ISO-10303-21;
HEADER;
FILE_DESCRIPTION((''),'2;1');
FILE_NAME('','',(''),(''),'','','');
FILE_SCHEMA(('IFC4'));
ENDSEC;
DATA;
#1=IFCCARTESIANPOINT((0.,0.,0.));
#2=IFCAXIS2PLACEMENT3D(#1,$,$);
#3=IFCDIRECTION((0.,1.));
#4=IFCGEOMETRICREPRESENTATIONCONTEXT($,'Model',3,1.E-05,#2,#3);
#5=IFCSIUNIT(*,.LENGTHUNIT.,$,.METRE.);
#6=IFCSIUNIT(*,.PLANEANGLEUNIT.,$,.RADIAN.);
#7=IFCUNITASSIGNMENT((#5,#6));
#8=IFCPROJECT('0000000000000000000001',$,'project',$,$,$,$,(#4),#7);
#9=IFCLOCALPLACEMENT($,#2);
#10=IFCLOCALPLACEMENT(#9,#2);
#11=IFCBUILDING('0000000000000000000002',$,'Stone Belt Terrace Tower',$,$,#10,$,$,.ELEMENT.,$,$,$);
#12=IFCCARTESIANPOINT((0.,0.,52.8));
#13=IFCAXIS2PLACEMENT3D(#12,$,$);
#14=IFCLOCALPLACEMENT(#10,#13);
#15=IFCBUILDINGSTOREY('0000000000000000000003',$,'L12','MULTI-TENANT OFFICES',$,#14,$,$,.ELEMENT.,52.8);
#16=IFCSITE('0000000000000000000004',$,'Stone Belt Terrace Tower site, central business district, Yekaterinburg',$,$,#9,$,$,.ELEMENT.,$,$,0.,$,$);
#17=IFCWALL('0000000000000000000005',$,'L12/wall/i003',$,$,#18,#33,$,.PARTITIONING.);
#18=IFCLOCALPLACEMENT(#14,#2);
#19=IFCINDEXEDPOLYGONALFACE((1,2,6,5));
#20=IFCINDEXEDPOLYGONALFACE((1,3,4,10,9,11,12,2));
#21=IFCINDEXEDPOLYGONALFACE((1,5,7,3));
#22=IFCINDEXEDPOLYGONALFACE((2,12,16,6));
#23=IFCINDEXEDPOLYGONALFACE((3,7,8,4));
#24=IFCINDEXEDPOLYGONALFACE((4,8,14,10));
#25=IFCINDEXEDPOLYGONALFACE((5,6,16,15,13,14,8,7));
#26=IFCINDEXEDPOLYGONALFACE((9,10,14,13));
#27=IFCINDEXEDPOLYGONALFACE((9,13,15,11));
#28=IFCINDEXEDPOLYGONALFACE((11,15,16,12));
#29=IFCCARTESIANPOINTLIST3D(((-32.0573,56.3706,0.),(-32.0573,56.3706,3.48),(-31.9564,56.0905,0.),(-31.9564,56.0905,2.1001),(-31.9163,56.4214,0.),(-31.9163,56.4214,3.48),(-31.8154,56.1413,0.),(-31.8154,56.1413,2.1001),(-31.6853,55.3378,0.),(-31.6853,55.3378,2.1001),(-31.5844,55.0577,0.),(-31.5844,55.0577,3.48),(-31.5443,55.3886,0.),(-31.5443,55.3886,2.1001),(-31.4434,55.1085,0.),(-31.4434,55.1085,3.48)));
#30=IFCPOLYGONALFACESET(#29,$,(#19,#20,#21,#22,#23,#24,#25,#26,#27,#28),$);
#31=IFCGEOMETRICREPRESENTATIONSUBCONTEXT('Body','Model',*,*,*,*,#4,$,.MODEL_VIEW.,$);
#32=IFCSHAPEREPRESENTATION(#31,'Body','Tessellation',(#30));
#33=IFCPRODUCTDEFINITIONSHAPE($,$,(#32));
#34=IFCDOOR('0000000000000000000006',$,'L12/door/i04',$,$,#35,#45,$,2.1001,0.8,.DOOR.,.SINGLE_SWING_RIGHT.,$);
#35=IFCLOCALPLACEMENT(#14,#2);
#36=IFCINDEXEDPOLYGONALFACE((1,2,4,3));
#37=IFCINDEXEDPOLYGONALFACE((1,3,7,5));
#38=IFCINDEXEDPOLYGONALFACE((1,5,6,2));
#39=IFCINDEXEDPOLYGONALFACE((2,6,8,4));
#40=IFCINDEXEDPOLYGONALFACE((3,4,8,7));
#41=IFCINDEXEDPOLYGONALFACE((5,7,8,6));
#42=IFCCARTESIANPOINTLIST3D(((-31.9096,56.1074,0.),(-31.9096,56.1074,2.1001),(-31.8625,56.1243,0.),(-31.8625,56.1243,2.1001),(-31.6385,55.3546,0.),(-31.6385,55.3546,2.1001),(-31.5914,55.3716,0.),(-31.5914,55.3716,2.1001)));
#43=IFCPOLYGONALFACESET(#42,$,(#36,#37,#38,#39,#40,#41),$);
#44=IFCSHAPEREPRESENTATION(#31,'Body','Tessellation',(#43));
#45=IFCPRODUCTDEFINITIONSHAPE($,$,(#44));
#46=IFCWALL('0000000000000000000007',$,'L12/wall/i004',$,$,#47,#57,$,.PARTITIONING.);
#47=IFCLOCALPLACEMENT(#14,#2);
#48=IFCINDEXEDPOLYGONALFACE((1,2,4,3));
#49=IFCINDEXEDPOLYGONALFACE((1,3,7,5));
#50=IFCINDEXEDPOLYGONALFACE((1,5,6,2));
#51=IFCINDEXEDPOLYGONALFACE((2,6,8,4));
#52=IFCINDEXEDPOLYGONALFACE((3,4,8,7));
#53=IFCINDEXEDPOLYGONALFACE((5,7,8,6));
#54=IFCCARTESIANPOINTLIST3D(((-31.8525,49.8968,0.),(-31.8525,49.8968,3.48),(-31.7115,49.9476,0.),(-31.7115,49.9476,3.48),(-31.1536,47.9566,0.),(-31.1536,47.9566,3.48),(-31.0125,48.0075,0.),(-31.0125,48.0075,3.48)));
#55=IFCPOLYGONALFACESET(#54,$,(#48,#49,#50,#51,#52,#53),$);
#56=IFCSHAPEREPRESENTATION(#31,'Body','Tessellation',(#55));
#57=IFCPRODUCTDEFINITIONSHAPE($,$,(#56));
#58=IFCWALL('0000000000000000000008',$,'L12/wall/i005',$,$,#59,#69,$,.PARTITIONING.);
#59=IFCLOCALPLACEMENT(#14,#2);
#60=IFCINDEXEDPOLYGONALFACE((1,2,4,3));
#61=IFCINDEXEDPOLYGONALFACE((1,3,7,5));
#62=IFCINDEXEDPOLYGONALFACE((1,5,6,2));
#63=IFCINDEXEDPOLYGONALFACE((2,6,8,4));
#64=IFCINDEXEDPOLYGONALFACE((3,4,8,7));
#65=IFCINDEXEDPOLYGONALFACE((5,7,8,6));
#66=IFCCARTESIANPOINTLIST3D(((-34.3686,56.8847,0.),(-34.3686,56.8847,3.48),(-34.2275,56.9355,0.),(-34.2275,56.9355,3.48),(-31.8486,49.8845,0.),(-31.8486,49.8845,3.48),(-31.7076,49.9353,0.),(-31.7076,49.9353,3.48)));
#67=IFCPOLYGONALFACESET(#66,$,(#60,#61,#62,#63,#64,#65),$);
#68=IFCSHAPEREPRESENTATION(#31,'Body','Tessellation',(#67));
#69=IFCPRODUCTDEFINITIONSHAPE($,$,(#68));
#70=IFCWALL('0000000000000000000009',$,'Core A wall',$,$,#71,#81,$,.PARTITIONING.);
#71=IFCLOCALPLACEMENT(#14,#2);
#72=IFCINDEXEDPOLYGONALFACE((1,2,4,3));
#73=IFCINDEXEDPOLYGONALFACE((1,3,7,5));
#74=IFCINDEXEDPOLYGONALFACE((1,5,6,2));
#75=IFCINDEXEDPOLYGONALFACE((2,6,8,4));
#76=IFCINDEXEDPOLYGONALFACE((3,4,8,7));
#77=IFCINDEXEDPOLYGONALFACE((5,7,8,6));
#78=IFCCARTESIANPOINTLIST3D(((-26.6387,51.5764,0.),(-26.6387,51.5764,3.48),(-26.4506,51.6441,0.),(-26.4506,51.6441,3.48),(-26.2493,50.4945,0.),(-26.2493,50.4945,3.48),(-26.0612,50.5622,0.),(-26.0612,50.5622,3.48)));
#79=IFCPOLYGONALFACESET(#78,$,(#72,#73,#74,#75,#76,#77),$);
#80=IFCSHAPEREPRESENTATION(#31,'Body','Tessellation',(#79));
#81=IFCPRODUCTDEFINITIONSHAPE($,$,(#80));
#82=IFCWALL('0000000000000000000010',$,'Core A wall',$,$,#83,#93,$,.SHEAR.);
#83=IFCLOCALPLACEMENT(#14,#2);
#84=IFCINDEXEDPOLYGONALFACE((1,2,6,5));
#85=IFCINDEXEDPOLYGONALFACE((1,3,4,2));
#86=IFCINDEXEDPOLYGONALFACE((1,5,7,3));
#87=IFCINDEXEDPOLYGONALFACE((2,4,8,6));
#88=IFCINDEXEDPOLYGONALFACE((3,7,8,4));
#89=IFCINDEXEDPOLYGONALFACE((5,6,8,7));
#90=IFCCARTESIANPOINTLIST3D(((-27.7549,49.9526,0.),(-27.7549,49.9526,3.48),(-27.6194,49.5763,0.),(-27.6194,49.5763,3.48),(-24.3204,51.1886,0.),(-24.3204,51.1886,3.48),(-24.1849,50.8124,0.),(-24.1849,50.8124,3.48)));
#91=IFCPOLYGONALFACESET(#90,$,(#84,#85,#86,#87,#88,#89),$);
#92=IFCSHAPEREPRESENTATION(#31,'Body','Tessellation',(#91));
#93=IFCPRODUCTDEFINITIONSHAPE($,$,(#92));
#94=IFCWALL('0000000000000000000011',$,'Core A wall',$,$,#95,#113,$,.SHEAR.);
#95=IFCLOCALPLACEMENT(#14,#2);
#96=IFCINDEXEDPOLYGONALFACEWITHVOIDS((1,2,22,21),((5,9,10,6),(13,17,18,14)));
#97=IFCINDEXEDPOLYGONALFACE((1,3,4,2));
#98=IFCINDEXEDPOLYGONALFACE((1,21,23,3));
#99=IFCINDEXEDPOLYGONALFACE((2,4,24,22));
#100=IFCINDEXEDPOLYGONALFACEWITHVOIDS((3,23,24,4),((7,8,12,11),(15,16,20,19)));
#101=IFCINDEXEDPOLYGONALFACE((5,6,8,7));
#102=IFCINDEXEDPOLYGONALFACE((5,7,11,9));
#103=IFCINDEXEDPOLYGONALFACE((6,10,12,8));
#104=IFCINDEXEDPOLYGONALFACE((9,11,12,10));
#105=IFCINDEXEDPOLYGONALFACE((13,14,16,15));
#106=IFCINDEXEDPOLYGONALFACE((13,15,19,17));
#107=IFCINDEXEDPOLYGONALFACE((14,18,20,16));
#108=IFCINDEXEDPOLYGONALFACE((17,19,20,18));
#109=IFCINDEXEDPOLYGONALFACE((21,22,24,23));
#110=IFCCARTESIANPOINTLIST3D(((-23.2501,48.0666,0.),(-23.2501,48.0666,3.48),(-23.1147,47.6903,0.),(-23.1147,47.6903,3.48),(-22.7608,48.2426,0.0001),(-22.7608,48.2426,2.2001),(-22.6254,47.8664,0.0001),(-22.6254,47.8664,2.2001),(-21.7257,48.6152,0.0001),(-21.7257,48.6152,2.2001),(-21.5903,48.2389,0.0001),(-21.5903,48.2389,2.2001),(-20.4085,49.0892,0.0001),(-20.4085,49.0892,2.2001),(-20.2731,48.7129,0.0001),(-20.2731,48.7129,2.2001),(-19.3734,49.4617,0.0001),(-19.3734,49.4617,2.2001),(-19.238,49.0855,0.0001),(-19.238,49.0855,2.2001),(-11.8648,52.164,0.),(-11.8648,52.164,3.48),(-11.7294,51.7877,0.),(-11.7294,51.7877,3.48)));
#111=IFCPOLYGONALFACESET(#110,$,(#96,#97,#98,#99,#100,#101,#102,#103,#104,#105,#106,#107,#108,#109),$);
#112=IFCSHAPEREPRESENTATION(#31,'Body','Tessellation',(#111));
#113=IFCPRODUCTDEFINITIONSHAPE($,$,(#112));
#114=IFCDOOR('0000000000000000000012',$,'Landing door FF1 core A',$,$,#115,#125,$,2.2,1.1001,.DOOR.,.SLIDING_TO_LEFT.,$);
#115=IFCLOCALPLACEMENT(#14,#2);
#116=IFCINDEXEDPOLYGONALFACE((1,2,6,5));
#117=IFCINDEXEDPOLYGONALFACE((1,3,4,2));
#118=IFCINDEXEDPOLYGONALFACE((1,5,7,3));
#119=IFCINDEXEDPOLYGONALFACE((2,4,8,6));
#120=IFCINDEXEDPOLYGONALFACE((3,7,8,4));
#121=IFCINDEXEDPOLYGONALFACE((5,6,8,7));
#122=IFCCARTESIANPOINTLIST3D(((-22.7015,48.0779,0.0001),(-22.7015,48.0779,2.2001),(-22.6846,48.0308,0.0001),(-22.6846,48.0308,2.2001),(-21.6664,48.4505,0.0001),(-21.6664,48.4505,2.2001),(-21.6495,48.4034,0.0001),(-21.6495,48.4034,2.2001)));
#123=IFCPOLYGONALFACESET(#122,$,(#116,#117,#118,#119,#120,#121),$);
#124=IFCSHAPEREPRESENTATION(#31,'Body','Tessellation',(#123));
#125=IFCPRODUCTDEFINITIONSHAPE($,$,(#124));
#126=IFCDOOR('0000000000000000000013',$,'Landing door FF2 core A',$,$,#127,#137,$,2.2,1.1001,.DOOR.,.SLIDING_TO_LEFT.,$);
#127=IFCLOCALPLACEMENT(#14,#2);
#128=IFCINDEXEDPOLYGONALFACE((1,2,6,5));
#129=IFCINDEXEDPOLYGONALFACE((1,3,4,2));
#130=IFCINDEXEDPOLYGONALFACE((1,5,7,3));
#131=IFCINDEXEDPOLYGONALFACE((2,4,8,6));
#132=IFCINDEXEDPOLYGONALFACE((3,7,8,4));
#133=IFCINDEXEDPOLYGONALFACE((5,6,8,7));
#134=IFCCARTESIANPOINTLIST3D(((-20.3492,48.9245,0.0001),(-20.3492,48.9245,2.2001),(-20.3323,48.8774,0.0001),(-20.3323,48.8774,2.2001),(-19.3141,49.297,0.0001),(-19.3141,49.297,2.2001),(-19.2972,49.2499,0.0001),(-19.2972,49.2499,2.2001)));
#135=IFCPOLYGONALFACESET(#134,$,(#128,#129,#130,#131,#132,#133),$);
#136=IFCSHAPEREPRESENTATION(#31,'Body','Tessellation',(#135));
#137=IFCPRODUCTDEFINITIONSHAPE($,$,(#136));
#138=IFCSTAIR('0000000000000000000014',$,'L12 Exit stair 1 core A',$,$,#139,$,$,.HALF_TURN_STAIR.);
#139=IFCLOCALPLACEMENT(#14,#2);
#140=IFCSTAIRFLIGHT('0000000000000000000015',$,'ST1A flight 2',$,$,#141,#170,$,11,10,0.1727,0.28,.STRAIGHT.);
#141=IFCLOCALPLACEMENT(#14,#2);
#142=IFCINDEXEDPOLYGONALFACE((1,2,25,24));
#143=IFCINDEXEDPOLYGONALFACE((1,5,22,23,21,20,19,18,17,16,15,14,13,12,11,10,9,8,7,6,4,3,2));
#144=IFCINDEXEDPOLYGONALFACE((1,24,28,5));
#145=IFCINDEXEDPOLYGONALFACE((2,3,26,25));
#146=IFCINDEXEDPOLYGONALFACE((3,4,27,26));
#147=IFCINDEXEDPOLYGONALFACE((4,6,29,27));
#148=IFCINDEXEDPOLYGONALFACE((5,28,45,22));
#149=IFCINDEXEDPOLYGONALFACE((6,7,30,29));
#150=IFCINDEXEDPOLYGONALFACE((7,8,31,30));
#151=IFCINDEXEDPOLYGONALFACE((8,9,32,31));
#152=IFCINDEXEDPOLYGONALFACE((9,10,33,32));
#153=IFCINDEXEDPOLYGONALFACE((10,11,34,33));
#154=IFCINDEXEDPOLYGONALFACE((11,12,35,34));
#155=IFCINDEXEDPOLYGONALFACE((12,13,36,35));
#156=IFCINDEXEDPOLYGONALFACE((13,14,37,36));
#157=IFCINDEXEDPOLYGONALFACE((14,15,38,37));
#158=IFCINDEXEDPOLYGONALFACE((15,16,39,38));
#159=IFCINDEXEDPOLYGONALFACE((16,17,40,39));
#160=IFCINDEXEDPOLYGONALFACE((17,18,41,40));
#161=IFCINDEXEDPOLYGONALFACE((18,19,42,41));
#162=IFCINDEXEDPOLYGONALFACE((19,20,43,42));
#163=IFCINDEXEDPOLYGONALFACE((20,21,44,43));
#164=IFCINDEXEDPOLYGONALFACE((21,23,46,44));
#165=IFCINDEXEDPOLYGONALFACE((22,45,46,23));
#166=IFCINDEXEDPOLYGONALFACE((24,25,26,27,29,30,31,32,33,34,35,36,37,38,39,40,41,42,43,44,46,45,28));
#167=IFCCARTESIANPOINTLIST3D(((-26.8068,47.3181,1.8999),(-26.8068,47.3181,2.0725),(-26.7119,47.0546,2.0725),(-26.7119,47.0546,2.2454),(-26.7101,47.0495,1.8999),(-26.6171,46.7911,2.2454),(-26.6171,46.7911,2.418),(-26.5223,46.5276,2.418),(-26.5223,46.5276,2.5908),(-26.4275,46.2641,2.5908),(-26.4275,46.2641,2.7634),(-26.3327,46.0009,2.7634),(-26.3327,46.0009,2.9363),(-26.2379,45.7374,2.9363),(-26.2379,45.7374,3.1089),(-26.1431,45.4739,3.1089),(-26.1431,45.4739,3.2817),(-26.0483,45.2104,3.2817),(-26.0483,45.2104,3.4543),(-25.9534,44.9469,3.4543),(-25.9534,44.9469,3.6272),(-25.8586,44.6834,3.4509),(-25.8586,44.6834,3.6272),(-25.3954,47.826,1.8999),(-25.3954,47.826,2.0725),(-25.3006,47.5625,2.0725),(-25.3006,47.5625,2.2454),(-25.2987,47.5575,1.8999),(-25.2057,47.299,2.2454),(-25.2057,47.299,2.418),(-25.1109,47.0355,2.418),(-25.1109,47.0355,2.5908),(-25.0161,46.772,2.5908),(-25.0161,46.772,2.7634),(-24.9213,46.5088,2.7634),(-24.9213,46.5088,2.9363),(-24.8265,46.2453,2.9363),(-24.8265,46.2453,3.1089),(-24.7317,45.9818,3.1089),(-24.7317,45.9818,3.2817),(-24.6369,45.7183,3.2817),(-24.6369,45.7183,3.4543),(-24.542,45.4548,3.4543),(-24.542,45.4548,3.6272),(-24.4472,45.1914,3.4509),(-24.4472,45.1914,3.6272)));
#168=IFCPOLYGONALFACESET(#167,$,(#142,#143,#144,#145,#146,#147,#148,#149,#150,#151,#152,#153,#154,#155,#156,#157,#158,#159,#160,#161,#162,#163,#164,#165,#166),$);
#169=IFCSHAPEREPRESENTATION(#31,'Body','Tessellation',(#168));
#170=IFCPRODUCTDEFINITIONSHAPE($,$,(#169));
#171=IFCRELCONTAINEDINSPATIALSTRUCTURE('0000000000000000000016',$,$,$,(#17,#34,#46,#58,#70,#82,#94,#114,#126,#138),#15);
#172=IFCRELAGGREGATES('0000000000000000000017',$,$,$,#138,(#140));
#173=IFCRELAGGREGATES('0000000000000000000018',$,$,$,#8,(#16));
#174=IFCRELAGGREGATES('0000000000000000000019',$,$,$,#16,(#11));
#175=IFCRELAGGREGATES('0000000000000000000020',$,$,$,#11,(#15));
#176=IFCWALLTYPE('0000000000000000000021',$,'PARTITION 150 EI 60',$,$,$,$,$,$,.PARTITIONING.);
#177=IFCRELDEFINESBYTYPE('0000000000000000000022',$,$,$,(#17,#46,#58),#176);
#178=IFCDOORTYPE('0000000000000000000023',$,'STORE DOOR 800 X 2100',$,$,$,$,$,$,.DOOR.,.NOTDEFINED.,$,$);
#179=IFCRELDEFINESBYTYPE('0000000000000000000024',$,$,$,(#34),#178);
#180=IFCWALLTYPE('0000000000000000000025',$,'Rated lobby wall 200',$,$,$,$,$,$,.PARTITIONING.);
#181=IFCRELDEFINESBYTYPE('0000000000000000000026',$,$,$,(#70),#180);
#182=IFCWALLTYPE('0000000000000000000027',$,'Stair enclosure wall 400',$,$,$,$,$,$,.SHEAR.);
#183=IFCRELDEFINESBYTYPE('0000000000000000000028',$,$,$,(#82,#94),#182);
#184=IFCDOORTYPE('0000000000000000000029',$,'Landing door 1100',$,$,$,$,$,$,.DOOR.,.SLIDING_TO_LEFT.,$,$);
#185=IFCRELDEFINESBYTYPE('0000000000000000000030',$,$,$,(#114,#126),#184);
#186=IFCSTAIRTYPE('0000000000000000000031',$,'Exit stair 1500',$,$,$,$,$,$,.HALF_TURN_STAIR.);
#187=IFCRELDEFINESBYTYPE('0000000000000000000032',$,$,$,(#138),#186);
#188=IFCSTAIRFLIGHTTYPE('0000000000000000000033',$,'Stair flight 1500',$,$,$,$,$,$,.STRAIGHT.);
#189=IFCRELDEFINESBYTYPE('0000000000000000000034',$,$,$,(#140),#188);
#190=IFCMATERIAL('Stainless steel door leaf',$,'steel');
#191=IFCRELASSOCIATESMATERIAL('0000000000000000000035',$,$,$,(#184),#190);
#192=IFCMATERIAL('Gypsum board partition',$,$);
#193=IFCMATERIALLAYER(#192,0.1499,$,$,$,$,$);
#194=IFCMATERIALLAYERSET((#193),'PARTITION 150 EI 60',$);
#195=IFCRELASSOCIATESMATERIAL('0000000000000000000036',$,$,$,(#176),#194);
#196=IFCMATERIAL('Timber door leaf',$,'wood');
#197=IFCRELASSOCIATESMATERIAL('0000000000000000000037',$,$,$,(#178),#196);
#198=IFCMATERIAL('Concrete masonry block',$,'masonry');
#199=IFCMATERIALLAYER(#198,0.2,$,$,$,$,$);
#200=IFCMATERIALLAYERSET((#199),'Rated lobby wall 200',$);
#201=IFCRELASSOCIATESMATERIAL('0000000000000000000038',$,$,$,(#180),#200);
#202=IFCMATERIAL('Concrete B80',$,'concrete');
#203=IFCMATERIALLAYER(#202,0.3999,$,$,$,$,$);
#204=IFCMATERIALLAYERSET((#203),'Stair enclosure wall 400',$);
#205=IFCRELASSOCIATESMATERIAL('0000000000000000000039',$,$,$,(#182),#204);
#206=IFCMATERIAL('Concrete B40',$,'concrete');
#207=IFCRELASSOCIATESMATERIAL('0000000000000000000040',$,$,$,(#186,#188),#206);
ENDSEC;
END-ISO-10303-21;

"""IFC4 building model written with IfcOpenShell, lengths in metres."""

from ifc_helpers import new_model, si_unit, direction, frame, frame_2d, origin, place, context, subcontext, project, spatial, polyline, rectangle, outline, extrude, material, layer, layer_set, type_object, element, fill, aggregate, save


model = new_model("IFC4")

# Units and contexts
model_context = context("Model", 3, precision=1e-05, world=origin(), true_north=direction((0.0, 1.0)))
body_context = subcontext(model_context, "Body", "Model", "MODEL_VIEW")
ifc_project = project(units=[si_unit("LENGTHUNIT", "METRE"), si_unit("PLANEANGLEUNIT", "RADIAN")], contexts=[model_context])

# Site, building, storey
site_placement = place(None, origin())
site = spatial("IfcSite", under=ifc_project, at=site_placement, Name="Stone Belt Terrace Tower site, central business district, Yekaterinburg", CompositionType="ELEMENT", RefElevation=0.0)
building_placement = place(site_placement, origin())
building = spatial("IfcBuilding", under=site, at=building_placement, Name="Stone Belt Terrace Tower", CompositionType="ELEMENT")
storey_placement = place(building_placement, frame((0.0, 0.0, 52.8)))
storey = spatial("IfcBuildingStorey", under=building, at=storey_placement, Name="L12", Description="MULTI-TENANT OFFICES", CompositionType="ELEMENT", Elevation=52.8)

# Shared definitions
ifc_material_1 = material(Name="Timber door leaf", Category="wood")

# Shared definitions
ifc_material_2 = material(Name="Concrete B80", Category="concrete")

# Shared definitions
ifc_material_3 = material(Name="Stainless steel door leaf", Category="steel")

# Shared definitions
door_type_1 = type_object("IfcDoorType", Name="Landing door 1100", OperationType="SLIDING_TO_LEFT", PredefinedType="DOOR", material=ifc_material_3)

# Wall, opening, door
ifc_material_4 = material(Name="Gypsum board partition")
ifc_layer_1 = layer(ifc_material_4, 0.1499)
ifc_layer_set_1 = layer_set([ifc_layer_1], Name="PARTITION 150 EI 60")
wall_type_1 = type_object("IfcWallType", Name="PARTITION 150 EI 60", PredefinedType="PARTITIONING", material=ifc_layer_set_1)
wall_1_placement = place(storey_placement, frame((-31.9868, 56.396, 0.0), z_axis=(0.0, 0.0, 1.0), x_axis=(0.338862, -0.940836, 0.0)))
wall_1 = element("IfcWall", 1, at=wall_1_placement, inside=storey, type_object=wall_type_1, Name="L12/wall/i003", PredefinedType="PARTITIONING", context=body_context, shape_type="SweptSolid", body=[
    extrude(rectangle(XDim=1.3955, YDim=0.1499, at=frame_2d((0.6978, 0.0))), origin(), (0.0, 0.0, 1.0), 3.48),
])
opening_1_placement = place(wall_1_placement, frame((0.2979, 0.0, 0.0)))
opening_1 = element("IfcOpeningElement", 2, at=opening_1_placement, cuts=wall_1, PredefinedType="OPENING", context=body_context, shape_type="SweptSolid", body=[
    extrude(rectangle(XDim=0.8, YDim=2.1001, at=frame_2d((0.3999, 1.05))), frame((0.0, 0.085, 0.0), z_axis=(0.0, -1.0, 0.0), x_axis=(1.0, 0.0, 0.0)), (0.0, 0.0, 1.0), 0.1699),
])
door_type_2 = type_object("IfcDoorType", Name="STORE DOOR 800 X 2100", OperationType="NOTDEFINED", PredefinedType="DOOR", material=ifc_material_1)
door_1_placement = place(opening_1_placement, origin())
door_1 = element("IfcDoor", 3, at=door_1_placement, inside=storey, type_object=door_type_2, Name="L12/door/i04", OperationType="SINGLE_SWING_RIGHT", OverallHeight=2.1001, OverallWidth=0.8, PredefinedType="DOOR", context=body_context, shape_type="SweptSolid", body=[
    extrude(rectangle(XDim=0.8, YDim=2.1001, at=frame_2d((0.3999, 1.05))), frame((0.0, 0.0249, 0.0), z_axis=(0.0, -1.0, 0.0), x_axis=(1.0, 0.0, 0.0)), (0.0, 0.0, 1.0), 0.05),
])
fill(opening_1, door_1)

# Walls
wall_2_placement = place(storey_placement, frame((-31.083, 47.9819, 0.0), z_axis=(0.0, 0.0, 1.0), x_axis=(-0.338937, 0.940809, 0.0)))
element("IfcWall", 4, at=wall_2_placement, inside=storey, type_object=wall_type_1, Name="L12/wall/i004", PredefinedType="PARTITIONING", context=body_context, shape_type="SweptSolid", body=[
    extrude(rectangle(XDim=2.0623, YDim=0.1499, at=frame_2d((1.0312, 0.0))), origin(), (0.0, 0.0, 1.0), 3.48),
])
wall_3_placement = place(storey_placement, frame((-31.7781, 49.9099, 0.0), z_axis=(0.0, 0.0, 1.0), x_axis=(-0.338711, 0.94089, 0.0)))
element("IfcWall", 5, at=wall_3_placement, inside=storey, type_object=wall_type_1, Name="L12/wall/i005", PredefinedType="PARTITIONING", context=body_context, shape_type="SweptSolid", body=[
    extrude(rectangle(XDim=7.4399, YDim=0.1499, at=frame_2d((3.72, 0.0))), origin(), (0.0, 0.0, 1.0), 3.48),
])
ifc_material_5 = material(Name="Concrete masonry block", Category="masonry")
ifc_layer_2 = layer(ifc_material_5, 0.2)
ifc_layer_set_2 = layer_set([ifc_layer_2], Name="Rated lobby wall 200")
wall_type_2 = type_object("IfcWallType", Name="Rated lobby wall 200", PredefinedType="PARTITIONING", material=ifc_layer_set_2)
wall_4_placement = place(storey_placement, frame((-26.1553, 50.5283, 0.0), z_axis=(0.0, 0.0, 1.0), x_axis=(-0.338622, 0.940923, 0.0)))
element("IfcWall", 6, at=wall_4_placement, inside=storey, type_object=wall_type_2, Name="Core A wall", PredefinedType="PARTITIONING", context=body_context, shape_type="SweptSolid", body=[
    extrude(rectangle(XDim=1.1499, YDim=0.2, at=frame_2d((0.575, 0.0))), origin(), (0.0, 0.0, 1.0), 3.48),
])
ifc_layer_3 = layer(ifc_material_2, 0.3999)
ifc_layer_set_3 = layer_set([ifc_layer_3], Name="Stair enclosure wall 400")
wall_type_3 = type_object("IfcWallType", Name="Stair enclosure wall 400", PredefinedType="SHEAR", material=ifc_layer_set_3)
wall_5_placement = place(storey_placement, frame((-27.6873, 49.7644, 0.0), z_axis=(0.0, 0.0, 1.0), x_axis=(0.940919, 0.338632, 0.0)))
element("IfcWall", 7, at=wall_5_placement, inside=storey, type_object=wall_type_3, Name="Core A wall", PredefinedType="SHEAR", context=body_context, shape_type="SweptSolid", body=[
    extrude(rectangle(XDim=3.6501, YDim=0.3999, at=frame_2d((1.8252, 0.0))), origin(), (0.0, 0.0, 1.0), 3.48),
])

# Wall, openings, doors
wall_6_placement = place(storey_placement, frame((-23.1824, 47.8784, 0.0), z_axis=(0.0, 0.0, 1.0), x_axis=(0.940921, 0.338626, 0.0)))
wall_6 = element("IfcWall", 8, at=wall_6_placement, inside=storey, type_object=wall_type_3, Name="Core A wall", PredefinedType="SHEAR", context=body_context, shape_type="SweptSolid", body=[
    extrude(rectangle(XDim=12.1001, YDim=0.3999, at=frame_2d((6.05, 0.0))), origin(), (0.0, 0.0, 1.0), 3.48),
])
opening_2_placement = place(wall_6_placement, frame((0.52, 0.0, 0.0)))
opening_2 = element("IfcOpeningElement", 9, at=opening_2_placement, cuts=wall_6, PredefinedType="OPENING", context=body_context, shape_type="SweptSolid", body=[
    extrude(rectangle(XDim=1.1001, YDim=2.2, at=frame_2d((0.55, 1.1001))), frame((0.0, 0.21, 0.0), z_axis=(0.0, -1.0, 0.0), x_axis=(1.0, 0.0, 0.0)), (0.0, 0.0, 1.0), 0.4199),
])
opening_3_placement = place(wall_6_placement, frame((3.02, 0.0, 0.0)))
opening_3 = element("IfcOpeningElement", 10, at=opening_3_placement, cuts=wall_6, PredefinedType="OPENING", context=body_context, shape_type="SweptSolid", body=[
    extrude(rectangle(XDim=1.1001, YDim=2.2, at=frame_2d((0.55, 1.1001))), frame((0.0, 0.21, 0.0), z_axis=(0.0, -1.0, 0.0), x_axis=(1.0, 0.0, 0.0)), (0.0, 0.0, 1.0), 0.4199),
])
door_2_placement = place(opening_2_placement, origin())
door_2 = element("IfcDoor", 11, at=door_2_placement, inside=storey, type_object=door_type_1, Name="Landing door FF1 core A", OperationType="SLIDING_TO_LEFT", OverallHeight=2.2, OverallWidth=1.1001, PredefinedType="DOOR", context=body_context, shape_type="SweptSolid", body=[
    extrude(rectangle(XDim=1.1001, YDim=2.2, at=frame_2d((0.55, 1.1001))), frame((0.0, 0.0249, 0.0), z_axis=(0.0, -1.0, 0.0), x_axis=(1.0, 0.0, 0.0)), (0.0, 0.0, 1.0), 0.05),
])
fill(opening_2, door_2)
door_3_placement = place(opening_3_placement, origin())
door_3 = element("IfcDoor", 12, at=door_3_placement, inside=storey, type_object=door_type_1, Name="Landing door FF2 core A", OperationType="SLIDING_TO_LEFT", OverallHeight=2.2, OverallWidth=1.1001, PredefinedType="DOOR", context=body_context, shape_type="SweptSolid", body=[
    extrude(rectangle(XDim=1.1001, YDim=2.2, at=frame_2d((0.55, 1.1001))), frame((0.0, 0.0249, 0.0), z_axis=(0.0, -1.0, 0.0), x_axis=(1.0, 0.0, 0.0)), (0.0, 0.0, 1.0), 0.05),
])
fill(opening_3, door_3)

# Stair, stair flight
ifc_material_6 = material(Name="Concrete B40", Category="concrete")
stair_type = type_object("IfcStairType", Name="Exit stair 1500", PredefinedType="HALF_TURN_STAIR", material=ifc_material_6)
stair_placement = place(storey_placement, origin())
stair = element("IfcStair", 13, at=stair_placement, inside=storey, type_object=stair_type, Name="L12 Exit stair 1 core A", PredefinedType="HALF_TURN_STAIR")
stair_flight_type = type_object("IfcStairFlightType", Name="Stair flight 1500", PredefinedType="STRAIGHT", material=ifc_material_6)
stair_flight_placement = place(storey_placement, frame((-26.1011, 47.572, 1.8999), z_axis=(0.0, 0.0, 1.0), x_axis=(0.338624, -0.940922, 0.0)))
stair_flight = element("IfcStairFlight", 14, at=stair_flight_placement, type_object=stair_flight_type, Name="ST1A flight 2", NumberOfRisers=11, NumberOfTreads=10, PredefinedType="STRAIGHT", RiserHeight=0.1727, TreadLength=0.28, context=body_context, shape_type="SweptSolid", body=[
    extrude(outline(polyline([(0.0, 0.0), (0.0, 0.1726), (0.28, 0.1726), (0.28, 0.3455), (0.5601, 0.3455), (0.5601, 0.5181), (0.8401, 0.5181), (0.8401, 0.6909), (1.1201, 0.6909), (1.1201, 0.8635), (1.3999, 0.8635), (1.3999, 1.0364), (1.6799, 1.0364), (1.6799, 1.209), (1.96, 1.209), (1.96, 1.3818), (2.24, 1.3818), (2.24, 1.5544), (2.52, 1.5544), (2.52, 1.7273), (2.8, 1.7273), (2.8, 1.8999), (2.8, 1.551), (0.2854, 0.0), (0.0, 0.0)])), frame((0.0, 0.75, 0.0), z_axis=(0.0, -1.0, 0.0), x_axis=(1.0, 0.0, 0.0)), (0.0, 0.0, 1.0), 1.5),
])
aggregate(stair, [stair_flight])

save(model, "model.ifc")
